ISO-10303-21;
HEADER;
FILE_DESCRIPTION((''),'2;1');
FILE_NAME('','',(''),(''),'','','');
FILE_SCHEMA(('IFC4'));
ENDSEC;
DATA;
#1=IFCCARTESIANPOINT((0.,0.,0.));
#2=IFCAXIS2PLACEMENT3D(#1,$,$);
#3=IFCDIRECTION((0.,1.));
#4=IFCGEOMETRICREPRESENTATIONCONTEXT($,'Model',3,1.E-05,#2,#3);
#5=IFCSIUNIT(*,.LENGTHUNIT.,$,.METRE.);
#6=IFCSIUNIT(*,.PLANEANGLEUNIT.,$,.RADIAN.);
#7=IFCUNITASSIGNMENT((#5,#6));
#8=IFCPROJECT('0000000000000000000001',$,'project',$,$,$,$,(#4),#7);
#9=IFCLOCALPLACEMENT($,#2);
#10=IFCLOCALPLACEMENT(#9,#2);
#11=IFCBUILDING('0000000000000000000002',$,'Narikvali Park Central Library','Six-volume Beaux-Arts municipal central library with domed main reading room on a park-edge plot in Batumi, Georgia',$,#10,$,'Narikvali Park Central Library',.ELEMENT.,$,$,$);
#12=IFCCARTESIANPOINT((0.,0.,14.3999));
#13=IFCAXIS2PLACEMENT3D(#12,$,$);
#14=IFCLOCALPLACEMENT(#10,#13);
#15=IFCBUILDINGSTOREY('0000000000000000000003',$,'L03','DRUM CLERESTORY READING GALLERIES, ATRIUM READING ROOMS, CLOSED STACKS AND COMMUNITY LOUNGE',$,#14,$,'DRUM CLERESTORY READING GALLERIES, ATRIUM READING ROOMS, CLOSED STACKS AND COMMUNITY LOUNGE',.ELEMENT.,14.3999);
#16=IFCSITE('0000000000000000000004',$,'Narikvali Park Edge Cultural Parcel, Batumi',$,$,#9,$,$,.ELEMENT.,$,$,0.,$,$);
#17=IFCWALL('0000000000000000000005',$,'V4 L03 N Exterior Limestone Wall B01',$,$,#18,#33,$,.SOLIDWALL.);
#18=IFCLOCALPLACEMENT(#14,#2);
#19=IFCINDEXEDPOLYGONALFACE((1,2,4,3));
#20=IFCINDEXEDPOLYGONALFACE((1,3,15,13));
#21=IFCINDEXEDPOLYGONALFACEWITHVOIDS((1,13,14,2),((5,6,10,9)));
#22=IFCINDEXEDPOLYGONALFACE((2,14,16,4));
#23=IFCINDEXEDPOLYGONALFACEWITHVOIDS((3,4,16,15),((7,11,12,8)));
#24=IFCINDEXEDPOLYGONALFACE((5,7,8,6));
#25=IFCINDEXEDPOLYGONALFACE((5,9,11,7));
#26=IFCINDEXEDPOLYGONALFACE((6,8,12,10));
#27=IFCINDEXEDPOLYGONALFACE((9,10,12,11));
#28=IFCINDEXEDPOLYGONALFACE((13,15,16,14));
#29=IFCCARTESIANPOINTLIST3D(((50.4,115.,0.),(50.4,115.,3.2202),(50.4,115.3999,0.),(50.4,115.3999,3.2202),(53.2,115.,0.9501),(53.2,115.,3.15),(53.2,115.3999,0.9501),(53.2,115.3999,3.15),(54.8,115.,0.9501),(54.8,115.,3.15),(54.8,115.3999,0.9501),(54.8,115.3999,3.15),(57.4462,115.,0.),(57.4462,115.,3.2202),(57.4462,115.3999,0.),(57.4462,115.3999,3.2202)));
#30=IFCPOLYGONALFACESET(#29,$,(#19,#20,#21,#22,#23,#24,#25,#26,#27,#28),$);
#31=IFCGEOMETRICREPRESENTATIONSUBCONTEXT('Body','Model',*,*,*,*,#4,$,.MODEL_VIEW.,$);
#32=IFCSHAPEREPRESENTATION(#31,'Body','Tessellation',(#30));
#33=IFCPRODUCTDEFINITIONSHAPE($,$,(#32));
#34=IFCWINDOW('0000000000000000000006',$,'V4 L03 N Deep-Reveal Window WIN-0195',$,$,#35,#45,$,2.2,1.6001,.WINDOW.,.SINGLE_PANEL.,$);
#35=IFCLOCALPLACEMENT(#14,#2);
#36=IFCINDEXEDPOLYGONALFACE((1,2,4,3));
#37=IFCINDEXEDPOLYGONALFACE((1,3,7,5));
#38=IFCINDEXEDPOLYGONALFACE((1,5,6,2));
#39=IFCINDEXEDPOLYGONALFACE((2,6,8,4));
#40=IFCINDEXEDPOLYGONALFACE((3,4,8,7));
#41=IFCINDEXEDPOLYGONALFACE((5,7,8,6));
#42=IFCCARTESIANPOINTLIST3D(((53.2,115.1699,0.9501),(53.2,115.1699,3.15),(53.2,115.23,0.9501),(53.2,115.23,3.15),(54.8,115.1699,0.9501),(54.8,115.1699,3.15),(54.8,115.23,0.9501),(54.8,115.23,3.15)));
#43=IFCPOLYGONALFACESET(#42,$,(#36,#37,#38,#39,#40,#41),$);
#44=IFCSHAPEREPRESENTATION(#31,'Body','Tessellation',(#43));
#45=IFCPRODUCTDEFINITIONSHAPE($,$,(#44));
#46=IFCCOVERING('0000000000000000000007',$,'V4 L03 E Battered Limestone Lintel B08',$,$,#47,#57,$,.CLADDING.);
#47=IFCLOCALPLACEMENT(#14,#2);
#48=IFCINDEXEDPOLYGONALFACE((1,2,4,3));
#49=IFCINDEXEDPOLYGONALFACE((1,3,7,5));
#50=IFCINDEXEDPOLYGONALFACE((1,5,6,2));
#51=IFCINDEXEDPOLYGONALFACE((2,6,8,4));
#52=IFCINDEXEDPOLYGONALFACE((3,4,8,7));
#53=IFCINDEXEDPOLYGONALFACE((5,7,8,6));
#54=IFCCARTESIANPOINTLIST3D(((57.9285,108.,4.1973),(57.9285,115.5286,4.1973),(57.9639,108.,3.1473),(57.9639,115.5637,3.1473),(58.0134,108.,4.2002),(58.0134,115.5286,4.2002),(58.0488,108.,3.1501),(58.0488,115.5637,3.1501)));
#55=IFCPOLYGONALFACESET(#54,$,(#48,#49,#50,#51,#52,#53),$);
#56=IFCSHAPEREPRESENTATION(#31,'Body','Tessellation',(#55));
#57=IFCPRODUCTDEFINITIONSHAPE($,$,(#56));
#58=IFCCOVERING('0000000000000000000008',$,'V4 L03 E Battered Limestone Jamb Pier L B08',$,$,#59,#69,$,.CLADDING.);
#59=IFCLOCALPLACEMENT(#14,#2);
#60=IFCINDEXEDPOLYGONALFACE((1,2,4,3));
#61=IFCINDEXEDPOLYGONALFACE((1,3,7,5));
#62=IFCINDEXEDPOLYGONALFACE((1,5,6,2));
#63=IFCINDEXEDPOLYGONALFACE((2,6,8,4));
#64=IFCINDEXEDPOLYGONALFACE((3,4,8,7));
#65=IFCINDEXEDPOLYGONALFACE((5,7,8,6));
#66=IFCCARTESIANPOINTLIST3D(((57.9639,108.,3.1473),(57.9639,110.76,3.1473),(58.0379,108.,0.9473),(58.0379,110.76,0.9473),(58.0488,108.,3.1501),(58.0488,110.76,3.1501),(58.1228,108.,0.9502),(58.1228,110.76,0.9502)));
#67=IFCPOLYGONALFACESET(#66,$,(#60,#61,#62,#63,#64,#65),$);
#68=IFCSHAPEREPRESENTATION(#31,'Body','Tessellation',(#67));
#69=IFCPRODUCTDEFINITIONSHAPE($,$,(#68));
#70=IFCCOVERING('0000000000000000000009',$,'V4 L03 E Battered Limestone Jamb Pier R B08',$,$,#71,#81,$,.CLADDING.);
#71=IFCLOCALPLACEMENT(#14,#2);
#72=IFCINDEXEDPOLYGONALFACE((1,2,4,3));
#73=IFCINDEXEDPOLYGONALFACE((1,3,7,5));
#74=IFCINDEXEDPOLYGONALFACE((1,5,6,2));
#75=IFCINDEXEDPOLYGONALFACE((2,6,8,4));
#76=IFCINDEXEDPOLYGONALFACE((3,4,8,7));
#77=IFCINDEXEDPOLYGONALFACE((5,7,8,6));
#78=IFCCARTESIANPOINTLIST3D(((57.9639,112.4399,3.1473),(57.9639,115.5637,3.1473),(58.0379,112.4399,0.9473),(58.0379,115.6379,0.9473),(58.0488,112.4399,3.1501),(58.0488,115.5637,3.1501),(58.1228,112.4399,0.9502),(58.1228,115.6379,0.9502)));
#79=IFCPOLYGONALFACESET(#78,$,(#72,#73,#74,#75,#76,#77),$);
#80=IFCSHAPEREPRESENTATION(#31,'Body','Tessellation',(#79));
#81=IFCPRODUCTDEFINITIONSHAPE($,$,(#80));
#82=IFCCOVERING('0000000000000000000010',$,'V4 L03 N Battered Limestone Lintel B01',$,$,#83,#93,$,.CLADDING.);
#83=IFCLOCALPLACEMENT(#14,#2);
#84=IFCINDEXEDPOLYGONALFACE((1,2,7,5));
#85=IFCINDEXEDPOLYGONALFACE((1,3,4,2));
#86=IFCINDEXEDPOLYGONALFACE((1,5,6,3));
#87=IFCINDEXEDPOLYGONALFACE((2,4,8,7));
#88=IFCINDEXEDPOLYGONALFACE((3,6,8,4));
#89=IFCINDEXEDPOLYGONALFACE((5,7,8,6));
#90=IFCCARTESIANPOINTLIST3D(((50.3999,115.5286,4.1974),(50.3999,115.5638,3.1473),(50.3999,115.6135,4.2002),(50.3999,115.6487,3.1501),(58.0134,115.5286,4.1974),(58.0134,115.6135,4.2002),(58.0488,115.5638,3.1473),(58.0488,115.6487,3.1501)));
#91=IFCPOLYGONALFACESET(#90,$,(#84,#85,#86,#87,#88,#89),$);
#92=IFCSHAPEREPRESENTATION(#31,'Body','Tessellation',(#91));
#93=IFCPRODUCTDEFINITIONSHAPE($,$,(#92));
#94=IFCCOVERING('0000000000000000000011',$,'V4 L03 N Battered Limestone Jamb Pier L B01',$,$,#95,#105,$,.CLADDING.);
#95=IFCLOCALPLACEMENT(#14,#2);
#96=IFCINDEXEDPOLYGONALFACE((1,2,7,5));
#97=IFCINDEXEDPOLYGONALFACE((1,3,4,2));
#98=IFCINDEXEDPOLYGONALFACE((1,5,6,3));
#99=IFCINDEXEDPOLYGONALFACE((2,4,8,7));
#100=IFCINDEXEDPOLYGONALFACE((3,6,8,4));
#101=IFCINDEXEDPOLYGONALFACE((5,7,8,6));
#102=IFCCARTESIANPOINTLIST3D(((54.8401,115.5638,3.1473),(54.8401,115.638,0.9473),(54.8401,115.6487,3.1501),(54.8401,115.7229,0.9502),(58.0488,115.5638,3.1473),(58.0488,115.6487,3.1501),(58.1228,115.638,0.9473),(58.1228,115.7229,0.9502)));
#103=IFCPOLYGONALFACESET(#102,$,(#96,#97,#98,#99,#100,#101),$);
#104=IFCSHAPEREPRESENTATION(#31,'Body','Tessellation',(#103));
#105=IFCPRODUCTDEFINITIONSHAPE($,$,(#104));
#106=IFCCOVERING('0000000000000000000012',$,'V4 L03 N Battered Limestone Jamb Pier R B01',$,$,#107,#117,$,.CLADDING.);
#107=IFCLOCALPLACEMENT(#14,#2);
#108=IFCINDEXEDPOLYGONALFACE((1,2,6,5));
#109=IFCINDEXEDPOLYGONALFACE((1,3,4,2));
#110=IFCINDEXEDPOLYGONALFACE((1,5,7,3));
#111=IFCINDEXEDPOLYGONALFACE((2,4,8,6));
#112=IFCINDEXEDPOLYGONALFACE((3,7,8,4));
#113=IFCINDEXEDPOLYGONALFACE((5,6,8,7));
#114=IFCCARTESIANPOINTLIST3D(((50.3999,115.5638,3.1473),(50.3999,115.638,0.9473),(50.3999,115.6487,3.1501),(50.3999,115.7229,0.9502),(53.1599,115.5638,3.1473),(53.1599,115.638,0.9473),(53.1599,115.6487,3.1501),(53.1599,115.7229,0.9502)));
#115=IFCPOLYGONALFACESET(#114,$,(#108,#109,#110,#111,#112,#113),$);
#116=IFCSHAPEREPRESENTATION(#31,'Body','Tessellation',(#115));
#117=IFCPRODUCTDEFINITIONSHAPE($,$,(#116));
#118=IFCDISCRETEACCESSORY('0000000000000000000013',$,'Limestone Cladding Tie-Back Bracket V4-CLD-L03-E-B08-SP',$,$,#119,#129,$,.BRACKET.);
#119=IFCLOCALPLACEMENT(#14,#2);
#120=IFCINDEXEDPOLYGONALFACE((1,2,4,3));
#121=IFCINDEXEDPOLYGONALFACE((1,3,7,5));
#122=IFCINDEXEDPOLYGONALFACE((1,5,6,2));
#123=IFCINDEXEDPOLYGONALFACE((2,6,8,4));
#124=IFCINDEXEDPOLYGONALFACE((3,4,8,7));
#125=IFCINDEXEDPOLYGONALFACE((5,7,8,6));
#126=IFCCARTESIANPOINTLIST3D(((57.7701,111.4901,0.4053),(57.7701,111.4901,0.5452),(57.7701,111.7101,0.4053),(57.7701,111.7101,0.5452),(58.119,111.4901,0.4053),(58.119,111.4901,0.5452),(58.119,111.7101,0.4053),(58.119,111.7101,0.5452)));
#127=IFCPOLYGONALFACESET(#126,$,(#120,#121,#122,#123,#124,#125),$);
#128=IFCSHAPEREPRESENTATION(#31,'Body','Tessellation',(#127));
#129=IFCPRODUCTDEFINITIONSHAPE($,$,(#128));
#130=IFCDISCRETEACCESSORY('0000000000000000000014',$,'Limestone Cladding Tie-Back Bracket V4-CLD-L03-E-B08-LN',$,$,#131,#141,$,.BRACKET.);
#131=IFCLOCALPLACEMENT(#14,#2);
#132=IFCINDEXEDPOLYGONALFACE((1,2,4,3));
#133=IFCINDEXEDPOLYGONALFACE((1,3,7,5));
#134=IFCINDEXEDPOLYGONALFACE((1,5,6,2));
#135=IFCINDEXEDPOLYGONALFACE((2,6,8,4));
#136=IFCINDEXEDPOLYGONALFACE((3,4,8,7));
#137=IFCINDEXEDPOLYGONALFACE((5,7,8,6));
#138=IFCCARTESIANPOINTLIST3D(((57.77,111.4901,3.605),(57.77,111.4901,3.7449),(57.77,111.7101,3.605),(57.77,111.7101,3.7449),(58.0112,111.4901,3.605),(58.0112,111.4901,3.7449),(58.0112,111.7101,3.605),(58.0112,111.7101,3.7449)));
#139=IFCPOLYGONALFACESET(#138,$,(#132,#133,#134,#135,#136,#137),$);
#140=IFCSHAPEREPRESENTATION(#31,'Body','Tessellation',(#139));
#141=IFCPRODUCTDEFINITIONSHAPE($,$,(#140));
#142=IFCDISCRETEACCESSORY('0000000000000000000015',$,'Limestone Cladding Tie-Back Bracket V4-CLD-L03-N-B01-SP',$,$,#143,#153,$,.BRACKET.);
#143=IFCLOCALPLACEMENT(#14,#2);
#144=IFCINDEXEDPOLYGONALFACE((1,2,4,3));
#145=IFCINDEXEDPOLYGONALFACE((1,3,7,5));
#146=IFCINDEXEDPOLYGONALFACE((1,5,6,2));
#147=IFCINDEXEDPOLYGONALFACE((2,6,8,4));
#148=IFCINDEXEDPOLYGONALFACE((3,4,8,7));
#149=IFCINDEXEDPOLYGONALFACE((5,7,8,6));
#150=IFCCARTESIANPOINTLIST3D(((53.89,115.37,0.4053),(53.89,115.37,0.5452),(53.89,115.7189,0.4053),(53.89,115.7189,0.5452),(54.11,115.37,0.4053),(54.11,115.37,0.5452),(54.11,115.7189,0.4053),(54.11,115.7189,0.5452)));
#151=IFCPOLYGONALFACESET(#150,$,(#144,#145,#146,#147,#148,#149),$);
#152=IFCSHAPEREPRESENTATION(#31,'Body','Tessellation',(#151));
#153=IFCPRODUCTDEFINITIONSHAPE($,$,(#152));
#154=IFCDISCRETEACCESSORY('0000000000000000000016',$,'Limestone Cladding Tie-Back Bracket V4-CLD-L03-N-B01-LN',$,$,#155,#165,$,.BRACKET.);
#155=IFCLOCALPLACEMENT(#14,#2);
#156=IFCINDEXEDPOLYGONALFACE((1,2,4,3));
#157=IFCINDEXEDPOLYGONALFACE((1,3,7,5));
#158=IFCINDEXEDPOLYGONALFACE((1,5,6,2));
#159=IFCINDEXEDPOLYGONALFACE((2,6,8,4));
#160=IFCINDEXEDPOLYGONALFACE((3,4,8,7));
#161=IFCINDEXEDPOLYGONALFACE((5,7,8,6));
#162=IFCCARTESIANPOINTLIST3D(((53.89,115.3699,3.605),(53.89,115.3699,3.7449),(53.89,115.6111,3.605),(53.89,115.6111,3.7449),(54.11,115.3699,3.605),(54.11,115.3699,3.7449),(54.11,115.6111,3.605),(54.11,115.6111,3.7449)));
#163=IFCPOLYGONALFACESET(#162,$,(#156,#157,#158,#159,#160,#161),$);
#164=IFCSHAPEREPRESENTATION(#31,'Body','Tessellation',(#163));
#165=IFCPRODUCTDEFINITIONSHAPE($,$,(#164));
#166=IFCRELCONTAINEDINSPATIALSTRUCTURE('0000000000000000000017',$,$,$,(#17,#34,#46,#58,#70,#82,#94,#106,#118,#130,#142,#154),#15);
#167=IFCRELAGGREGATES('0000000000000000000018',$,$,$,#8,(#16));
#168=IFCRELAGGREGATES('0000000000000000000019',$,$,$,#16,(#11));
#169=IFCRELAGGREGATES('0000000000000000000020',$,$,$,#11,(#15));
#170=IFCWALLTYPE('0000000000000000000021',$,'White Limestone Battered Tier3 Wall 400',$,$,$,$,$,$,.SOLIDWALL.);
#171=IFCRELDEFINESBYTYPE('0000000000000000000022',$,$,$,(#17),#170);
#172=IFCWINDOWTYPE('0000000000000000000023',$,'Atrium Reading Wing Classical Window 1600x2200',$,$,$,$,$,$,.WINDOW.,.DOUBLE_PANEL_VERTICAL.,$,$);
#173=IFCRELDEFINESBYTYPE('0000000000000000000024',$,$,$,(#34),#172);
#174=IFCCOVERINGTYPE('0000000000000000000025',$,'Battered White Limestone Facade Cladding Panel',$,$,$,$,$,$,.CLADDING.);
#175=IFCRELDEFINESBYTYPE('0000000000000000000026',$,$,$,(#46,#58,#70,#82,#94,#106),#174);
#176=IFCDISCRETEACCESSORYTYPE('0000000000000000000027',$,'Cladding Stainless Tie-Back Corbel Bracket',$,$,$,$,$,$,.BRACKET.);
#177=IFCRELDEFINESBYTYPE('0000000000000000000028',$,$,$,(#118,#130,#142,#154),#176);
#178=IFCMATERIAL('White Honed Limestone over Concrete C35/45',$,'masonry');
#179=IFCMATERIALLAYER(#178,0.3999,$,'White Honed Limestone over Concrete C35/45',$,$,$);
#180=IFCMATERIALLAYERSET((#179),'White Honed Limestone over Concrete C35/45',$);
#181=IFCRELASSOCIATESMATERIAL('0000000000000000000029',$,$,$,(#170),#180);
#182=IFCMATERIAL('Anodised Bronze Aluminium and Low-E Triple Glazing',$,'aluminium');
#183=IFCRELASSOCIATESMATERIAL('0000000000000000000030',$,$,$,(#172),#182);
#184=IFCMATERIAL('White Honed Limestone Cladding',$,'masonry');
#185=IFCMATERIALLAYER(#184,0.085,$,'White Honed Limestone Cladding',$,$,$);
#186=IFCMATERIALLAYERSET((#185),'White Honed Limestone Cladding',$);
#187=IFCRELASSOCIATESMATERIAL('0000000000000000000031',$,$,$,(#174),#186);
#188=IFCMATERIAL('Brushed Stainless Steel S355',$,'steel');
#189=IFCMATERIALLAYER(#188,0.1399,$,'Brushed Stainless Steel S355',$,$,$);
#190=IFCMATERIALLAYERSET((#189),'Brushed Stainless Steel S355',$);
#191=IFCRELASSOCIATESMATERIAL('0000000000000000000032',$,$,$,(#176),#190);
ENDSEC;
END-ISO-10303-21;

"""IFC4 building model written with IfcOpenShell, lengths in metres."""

from ifc_helpers import new_model, si_unit, direction, frame, frame_2d, origin, origin_2d, place, context, subcontext, project, spatial, polyline, rectangle, outline, extrude, material, layer, layer_set, type_object, element, fill, save


model = new_model("IFC4")

# Units and contexts
model_context = context("Model", 3, precision=1e-05, world=origin(), true_north=direction((0.0, 1.0)))
body_context = subcontext(model_context, "Body", "Model", "MODEL_VIEW")
ifc_project = project(units=[si_unit("LENGTHUNIT", "METRE"), si_unit("PLANEANGLEUNIT", "RADIAN")], contexts=[model_context])

# Site, building, storey
site_placement = place(None, origin())
site = spatial("IfcSite", under=ifc_project, at=site_placement, Name="Narikvali Park Edge Cultural Parcel, Batumi", CompositionType="ELEMENT", RefElevation=0.0)
building_placement = place(site_placement, origin())
building = spatial("IfcBuilding", under=site, at=building_placement, Name="Narikvali Park Central Library", Description="Six-volume Beaux-Arts municipal central library with domed main reading room on a park-edge plot in Batumi, Georgia", LongName="Narikvali Park Central Library", CompositionType="ELEMENT")
storey_placement = place(building_placement, frame((0.0, 0.0, 14.3999)))
storey = spatial("IfcBuildingStorey", under=building, at=storey_placement, Name="L03", Description="DRUM CLERESTORY READING GALLERIES, ATRIUM READING ROOMS, CLOSED STACKS AND COMMUNITY LOUNGE", LongName="DRUM CLERESTORY READING GALLERIES, ATRIUM READING ROOMS, CLOSED STACKS AND COMMUNITY LOUNGE", CompositionType="ELEMENT", Elevation=14.3999)

# Wall, opening, window
ifc_material_1 = material(Name="White Honed Limestone over Concrete C35/45", Category="masonry")
ifc_layer_1 = layer(ifc_material_1, 0.3999, Name="White Honed Limestone over Concrete C35/45")
ifc_layer_set_1 = layer_set([ifc_layer_1], Name="White Honed Limestone over Concrete C35/45")
wall_type = type_object("IfcWallType", Name="White Limestone Battered Tier3 Wall 400", PredefinedType="SOLIDWALL", material=ifc_layer_set_1)
ifc_material_2 = material(Name="Anodised Bronze Aluminium and Low-E Triple Glazing", Category="aluminium")
window_type = type_object("IfcWindowType", Name="Atrium Reading Wing Classical Window 1600x2200", PartitioningType="DOUBLE_PANEL_VERTICAL", PredefinedType="WINDOW", material=ifc_material_2)
wall_1_placement = place(storey_placement, frame((57.446, 115.2, 0.0), z_axis=(0.0, 0.0, 1.0), x_axis=(-1.0, 0.0, 0.0)))
wall_1 = element("IfcWall", 1, at=wall_1_placement, inside=storey, type_object=wall_type, Name="V4 L03 N Exterior Limestone Wall B01", PredefinedType="SOLIDWALL", context=body_context, shape_type="SweptSolid", body=[
    extrude(rectangle(XDim=7.0461, YDim=0.3999, at=frame_2d((3.5229, 0.0))), origin(), (0.0, 0.0, 1.0), 3.2202),
])
opening_1_placement = place(wall_1_placement, frame((2.646, 0.0, 0.95)))
opening_1 = element("IfcOpeningElement", 2, at=opening_1_placement, cuts=wall_1, PredefinedType="OPENING", context=body_context, shape_type="SweptSolid", body=[
    extrude(rectangle(XDim=1.6001, YDim=2.2, at=frame_2d((0.8, 1.1001))), frame((0.0, 0.2119, 0.0), z_axis=(0.0, -1.0, 0.0), x_axis=(1.0, 0.0, 0.0)), (0.0, 0.0, 1.0), 0.4238),
])
window_1_placement = place(opening_1_placement, origin())
window_1 = element("IfcWindow", 3, at=window_1_placement, inside=storey, type_object=window_type, Name="V4 L03 N Deep-Reveal Window WIN-0195", OverallHeight=2.2, OverallWidth=1.6001, PartitioningType="SINGLE_PANEL", PredefinedType="WINDOW", context=body_context, shape_type="SweptSolid", body=[
    extrude(rectangle(XDim=1.6001, YDim=2.2, at=frame_2d((0.8, 1.1001))), frame((0.0, 0.03, 0.0), z_axis=(0.0, -1.0, 0.0), x_axis=(1.0, 0.0, 0.0)), (0.0, 0.0, 1.0), 0.0601),
])
fill(opening_1, window_1)

# Coverings
ifc_material_3 = material(Name="White Honed Limestone Cladding", Category="masonry")
ifc_layer_2 = layer(ifc_material_3, 0.085, Name="White Honed Limestone Cladding")
ifc_layer_set_2 = layer_set([ifc_layer_2], Name="White Honed Limestone Cladding")
covering_type = type_object("IfcCoveringType", Name="Battered White Limestone Facade Cladding Panel", PredefinedType="CLADDING", material=ifc_layer_set_2)
covering_1_placement = place(storey_placement, frame((58.0488, 108.0, 3.1501), z_axis=(0.999432, 0.0, 0.033694), x_axis=(0.0, 1.0, 0.0)))
element("IfcCovering", 4, at=covering_1_placement, inside=storey, type_object=covering_type, Name="V4 L03 E Battered Limestone Lintel B08", PredefinedType="CLADDING", context=body_context, shape_type="SweptSolid", body=[
    extrude(outline(polyline([(0.0, 0.0), (7.5637, 0.0), (7.5286, 1.0506), (0.0, 1.0506), (0.0, 0.0)])), origin(), (0.0, 0.0, -1.0), 0.085),
])
covering_2_placement = place(storey_placement, frame((58.1228, 108.0, 0.9502), z_axis=(0.999435, 0.0, 0.033607), x_axis=(0.0, 1.0, 0.0)))
element("IfcCovering", 5, at=covering_2_placement, inside=storey, type_object=covering_type, Name="V4 L03 E Battered Limestone Jamb Pier L B08", PredefinedType="CLADDING", context=body_context, shape_type="SweptSolid", body=[
    extrude(outline(polyline([(0.0, 0.0), (2.76, 0.0), (2.76, 2.2012), (0.0, 2.2012), (0.0, 0.0)])), origin(), (0.0, 0.0, -1.0), 0.085),
])
covering_3_placement = place(storey_placement, frame((58.1228, 112.4399, 0.9502), z_axis=(0.999435, 0.0, 0.033607), x_axis=(0.0, 1.0, 0.0)))
element("IfcCovering", 6, at=covering_3_placement, inside=storey, type_object=covering_type, Name="V4 L03 E Battered Limestone Jamb Pier R B08", PredefinedType="CLADDING", context=body_context, shape_type="SweptSolid", body=[
    extrude(outline(polyline([(0.0, 0.0), (3.198, 0.0), (3.1238, 2.2012), (0.0, 2.2012), (0.0, 0.0)])), origin(), (0.0, 0.0, -1.0), 0.085),
])
covering_4_placement = place(storey_placement, frame((58.0488, 115.6487, 3.1501), z_axis=(0.0, 0.99944, 0.033462), x_axis=(-1.0, 0.0, 0.0)))
element("IfcCovering", 7, at=covering_4_placement, inside=storey, type_object=covering_type, Name="V4 L03 N Battered Limestone Lintel B01", PredefinedType="CLADDING", context=body_context, shape_type="SweptSolid", body=[
    extrude(outline(polyline([(0.0, 0.0), (7.6489, 0.0), (7.6489, 1.0506), (0.0354, 1.0506), (0.0, 0.0)])), origin(), (0.0, 0.0, -1.0), 0.085),
])
covering_5_placement = place(storey_placement, frame((58.1228, 115.7229, 0.9502), z_axis=(0.0, 0.999431, 0.033717), x_axis=(-1.0, 0.0, 0.0)))
element("IfcCovering", 8, at=covering_5_placement, inside=storey, type_object=covering_type, Name="V4 L03 N Battered Limestone Jamb Pier L B01", PredefinedType="CLADDING", context=body_context, shape_type="SweptSolid", body=[
    extrude(outline(polyline([(0.0, 0.0), (3.2827, 0.0), (3.2827, 2.2012), (0.074, 2.2012), (0.0, 0.0)])), origin(), (0.0, 0.0, -1.0), 0.085),
])
covering_6_placement = place(storey_placement, frame((53.1599, 115.7229, 0.9502), z_axis=(0.0, 0.999431, 0.033717), x_axis=(-1.0, 0.0, 0.0)))
element("IfcCovering", 9, at=covering_6_placement, inside=storey, type_object=covering_type, Name="V4 L03 N Battered Limestone Jamb Pier R B01", PredefinedType="CLADDING", context=body_context, shape_type="SweptSolid", body=[
    extrude(outline(polyline([(0.0, 0.0), (2.76, 0.0), (2.76, 2.2012), (0.0, 2.2012), (0.0, 0.0)])), origin(), (0.0, 0.0, -1.0), 0.085),
])

# Discrete accessories
ifc_material_4 = material(Name="Brushed Stainless Steel S355", Category="steel")
ifc_layer_3 = layer(ifc_material_4, 0.1399, Name="Brushed Stainless Steel S355")
ifc_layer_set_3 = layer_set([ifc_layer_3], Name="Brushed Stainless Steel S355")
discrete_accessory_type = type_object("IfcDiscreteAccessoryType", Name="Cladding Stainless Tie-Back Corbel Bracket", PredefinedType="BRACKET", material=ifc_layer_set_3)
discrete_accessory_1_placement = place(storey_placement, frame((57.9446, 111.6001, 0.4053), z_axis=(0.0, 0.0, 1.0), x_axis=(1.0, 0.0, 0.0)))
element("IfcDiscreteAccessory", 10, at=discrete_accessory_1_placement, inside=storey, type_object=discrete_accessory_type, Name="Limestone Cladding Tie-Back Bracket V4-CLD-L03-E-B08-SP", PredefinedType="BRACKET", context=body_context, shape_type="SweptSolid", body=[
    extrude(rectangle(XDim=0.3489, YDim=0.22, at=origin_2d()), origin(), (0.0, 0.0, 1.0), 0.1399),
])
discrete_accessory_2_placement = place(storey_placement, frame((57.8906, 111.6001, 3.605), z_axis=(0.0, 0.0, 1.0), x_axis=(1.0, 0.0, 0.0)))
element("IfcDiscreteAccessory", 11, at=discrete_accessory_2_placement, inside=storey, type_object=discrete_accessory_type, Name="Limestone Cladding Tie-Back Bracket V4-CLD-L03-E-B08-LN", PredefinedType="BRACKET", context=body_context, shape_type="SweptSolid", body=[
    extrude(rectangle(XDim=0.2412, YDim=0.22, at=origin_2d()), origin(), (0.0, 0.0, 1.0), 0.1399),
])
discrete_accessory_3_placement = place(storey_placement, frame((54.0, 115.5444, 0.4053), z_axis=(0.0, 0.0, 1.0), x_axis=(1.0, 0.0, 0.0)))
element("IfcDiscreteAccessory", 12, at=discrete_accessory_3_placement, inside=storey, type_object=discrete_accessory_type, Name="Limestone Cladding Tie-Back Bracket V4-CLD-L03-N-B01-SP", PredefinedType="BRACKET", context=body_context, shape_type="SweptSolid", body=[
    extrude(rectangle(XDim=0.22, YDim=0.3489, at=origin_2d()), origin(), (0.0, 0.0, 1.0), 0.1399),
])
discrete_accessory_4_placement = place(storey_placement, frame((54.0, 115.4905, 3.605), z_axis=(0.0, 0.0, 1.0), x_axis=(1.0, 0.0, 0.0)))
element("IfcDiscreteAccessory", 13, at=discrete_accessory_4_placement, inside=storey, type_object=discrete_accessory_type, Name="Limestone Cladding Tie-Back Bracket V4-CLD-L03-N-B01-LN", PredefinedType="BRACKET", context=body_context, shape_type="SweptSolid", body=[
    extrude(rectangle(XDim=0.22, YDim=0.2412, at=origin_2d()), origin(), (0.0, 0.0, 1.0), 0.1399),
])

save(model, "model.ifc")
